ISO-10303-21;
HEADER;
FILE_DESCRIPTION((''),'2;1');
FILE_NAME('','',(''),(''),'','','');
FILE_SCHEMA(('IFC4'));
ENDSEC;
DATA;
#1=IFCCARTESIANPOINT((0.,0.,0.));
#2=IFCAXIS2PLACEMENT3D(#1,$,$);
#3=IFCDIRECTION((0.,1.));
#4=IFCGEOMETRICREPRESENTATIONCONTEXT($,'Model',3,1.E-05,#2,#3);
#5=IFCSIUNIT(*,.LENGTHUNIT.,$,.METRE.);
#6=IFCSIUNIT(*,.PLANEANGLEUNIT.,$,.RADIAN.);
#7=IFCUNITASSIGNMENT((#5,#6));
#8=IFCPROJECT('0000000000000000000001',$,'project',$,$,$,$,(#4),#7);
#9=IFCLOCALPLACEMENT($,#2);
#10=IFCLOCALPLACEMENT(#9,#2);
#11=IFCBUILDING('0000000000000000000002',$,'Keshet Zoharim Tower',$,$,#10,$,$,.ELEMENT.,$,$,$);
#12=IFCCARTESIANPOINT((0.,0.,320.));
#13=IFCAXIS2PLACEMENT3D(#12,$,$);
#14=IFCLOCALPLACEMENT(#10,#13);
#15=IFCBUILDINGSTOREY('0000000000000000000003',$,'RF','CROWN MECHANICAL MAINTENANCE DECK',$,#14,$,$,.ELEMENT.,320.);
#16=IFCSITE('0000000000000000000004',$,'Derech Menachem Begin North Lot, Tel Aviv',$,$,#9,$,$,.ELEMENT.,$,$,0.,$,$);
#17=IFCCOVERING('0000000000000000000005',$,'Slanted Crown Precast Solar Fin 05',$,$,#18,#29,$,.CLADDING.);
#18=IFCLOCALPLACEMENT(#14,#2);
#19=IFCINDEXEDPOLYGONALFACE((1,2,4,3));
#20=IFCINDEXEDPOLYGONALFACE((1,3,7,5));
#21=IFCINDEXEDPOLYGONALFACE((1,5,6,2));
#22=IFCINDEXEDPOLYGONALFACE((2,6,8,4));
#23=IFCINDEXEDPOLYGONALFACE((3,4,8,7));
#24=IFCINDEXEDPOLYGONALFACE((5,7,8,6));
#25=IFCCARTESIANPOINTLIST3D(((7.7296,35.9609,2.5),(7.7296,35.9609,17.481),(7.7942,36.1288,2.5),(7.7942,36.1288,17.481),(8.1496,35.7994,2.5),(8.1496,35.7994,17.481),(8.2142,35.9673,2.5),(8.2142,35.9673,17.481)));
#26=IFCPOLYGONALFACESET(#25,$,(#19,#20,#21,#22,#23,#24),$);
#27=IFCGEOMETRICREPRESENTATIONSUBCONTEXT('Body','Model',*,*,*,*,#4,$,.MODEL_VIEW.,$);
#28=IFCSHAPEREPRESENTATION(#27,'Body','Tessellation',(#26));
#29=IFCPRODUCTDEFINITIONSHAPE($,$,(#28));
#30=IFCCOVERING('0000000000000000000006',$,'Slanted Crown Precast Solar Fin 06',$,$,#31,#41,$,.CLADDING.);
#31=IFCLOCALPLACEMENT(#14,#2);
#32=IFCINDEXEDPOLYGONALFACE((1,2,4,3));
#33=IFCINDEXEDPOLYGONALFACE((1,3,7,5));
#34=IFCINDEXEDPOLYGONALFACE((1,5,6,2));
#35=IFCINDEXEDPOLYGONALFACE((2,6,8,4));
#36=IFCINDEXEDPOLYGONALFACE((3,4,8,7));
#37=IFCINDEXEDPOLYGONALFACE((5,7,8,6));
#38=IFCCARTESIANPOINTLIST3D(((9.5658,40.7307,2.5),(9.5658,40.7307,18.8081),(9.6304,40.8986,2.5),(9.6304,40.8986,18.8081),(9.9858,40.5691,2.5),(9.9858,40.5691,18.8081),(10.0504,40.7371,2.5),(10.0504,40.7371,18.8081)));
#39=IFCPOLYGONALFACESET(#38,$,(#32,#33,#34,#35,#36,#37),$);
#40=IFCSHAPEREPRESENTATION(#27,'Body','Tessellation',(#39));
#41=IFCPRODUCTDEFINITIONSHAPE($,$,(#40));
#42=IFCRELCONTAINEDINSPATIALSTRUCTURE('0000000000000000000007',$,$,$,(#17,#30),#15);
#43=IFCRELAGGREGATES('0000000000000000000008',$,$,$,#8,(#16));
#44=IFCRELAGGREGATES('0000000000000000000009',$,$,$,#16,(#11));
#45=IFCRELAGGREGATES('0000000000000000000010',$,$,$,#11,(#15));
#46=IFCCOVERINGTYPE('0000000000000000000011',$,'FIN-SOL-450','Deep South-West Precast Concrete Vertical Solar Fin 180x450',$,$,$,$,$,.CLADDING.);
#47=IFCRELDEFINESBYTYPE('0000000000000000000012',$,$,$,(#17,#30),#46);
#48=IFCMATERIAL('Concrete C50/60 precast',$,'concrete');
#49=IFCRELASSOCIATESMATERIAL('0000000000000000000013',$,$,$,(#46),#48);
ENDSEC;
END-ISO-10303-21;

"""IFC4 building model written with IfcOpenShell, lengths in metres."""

from ifc_helpers import new_model, si_unit, direction, frame, origin, origin_2d, place, context, subcontext, project, spatial, rectangle, extrude, material, type_object, element, save


model = new_model("IFC4")

# Units and contexts
model_context = context("Model", 3, precision=1e-05, world=origin(), true_north=direction((0.0, 1.0)))
body_context = subcontext(model_context, "Body", "Model", "MODEL_VIEW")
ifc_project = project(units=[si_unit("LENGTHUNIT", "METRE"), si_unit("PLANEANGLEUNIT", "RADIAN")], contexts=[model_context])

# Site, building, storey
site_placement = place(None, origin())
site = spatial("IfcSite", under=ifc_project, at=site_placement, Name="Derech Menachem Begin North Lot, Tel Aviv", CompositionType="ELEMENT", RefElevation=0.0)
building_placement = place(site_placement, origin())
building = spatial("IfcBuilding", under=site, at=building_placement, Name="Keshet Zoharim Tower", CompositionType="ELEMENT")
storey_placement = place(building_placement, frame((0.0, 0.0, 320.0)))
storey = spatial("IfcBuildingStorey", under=building, at=storey_placement, Name="RF", Description="CROWN MECHANICAL MAINTENANCE DECK", CompositionType="ELEMENT", Elevation=320.0)

# Shared definitions
ifc_material_1 = material(Name="Concrete C50/60 precast", Category="concrete")

# Coverings
covering_type = type_object("IfcCoveringType", Name="FIN-SOL-450", Description="Deep South-West Precast Concrete Vertical Solar Fin 180x450", PredefinedType="CLADDING", material=ifc_material_1)
covering_1_placement = place(storey_placement, frame((7.9719, 35.9641, 2.5), z_axis=(0.0, 0.0, 1.0), x_axis=(0.358979, 0.933346, 0.0)))
element("IfcCovering", 1, at=covering_1_placement, inside=storey, type_object=covering_type, Name="Slanted Crown Precast Solar Fin 05", PredefinedType="CLADDING", context=body_context, shape_type="SweptSolid", body=[
    extrude(rectangle(XDim=0.1799, YDim=0.45, at=origin_2d()), origin(), (0.0, 0.0, 1.0), 14.981),
])
covering_2_placement = place(storey_placement, frame((9.8081, 40.7339, 2.5), z_axis=(0.0, 0.0, 1.0), x_axis=(0.359045, 0.93332, 0.0)))
element("IfcCovering", 2, at=covering_2_placement, inside=storey, type_object=covering_type, Name="Slanted Crown Precast Solar Fin 06", PredefinedType="CLADDING", context=body_context, shape_type="SweptSolid", body=[
    extrude(rectangle(XDim=0.1799, YDim=0.45, at=origin_2d()), origin(), (0.0, 0.0, 1.0), 16.3081),
])

save(model, "model.ifc")
